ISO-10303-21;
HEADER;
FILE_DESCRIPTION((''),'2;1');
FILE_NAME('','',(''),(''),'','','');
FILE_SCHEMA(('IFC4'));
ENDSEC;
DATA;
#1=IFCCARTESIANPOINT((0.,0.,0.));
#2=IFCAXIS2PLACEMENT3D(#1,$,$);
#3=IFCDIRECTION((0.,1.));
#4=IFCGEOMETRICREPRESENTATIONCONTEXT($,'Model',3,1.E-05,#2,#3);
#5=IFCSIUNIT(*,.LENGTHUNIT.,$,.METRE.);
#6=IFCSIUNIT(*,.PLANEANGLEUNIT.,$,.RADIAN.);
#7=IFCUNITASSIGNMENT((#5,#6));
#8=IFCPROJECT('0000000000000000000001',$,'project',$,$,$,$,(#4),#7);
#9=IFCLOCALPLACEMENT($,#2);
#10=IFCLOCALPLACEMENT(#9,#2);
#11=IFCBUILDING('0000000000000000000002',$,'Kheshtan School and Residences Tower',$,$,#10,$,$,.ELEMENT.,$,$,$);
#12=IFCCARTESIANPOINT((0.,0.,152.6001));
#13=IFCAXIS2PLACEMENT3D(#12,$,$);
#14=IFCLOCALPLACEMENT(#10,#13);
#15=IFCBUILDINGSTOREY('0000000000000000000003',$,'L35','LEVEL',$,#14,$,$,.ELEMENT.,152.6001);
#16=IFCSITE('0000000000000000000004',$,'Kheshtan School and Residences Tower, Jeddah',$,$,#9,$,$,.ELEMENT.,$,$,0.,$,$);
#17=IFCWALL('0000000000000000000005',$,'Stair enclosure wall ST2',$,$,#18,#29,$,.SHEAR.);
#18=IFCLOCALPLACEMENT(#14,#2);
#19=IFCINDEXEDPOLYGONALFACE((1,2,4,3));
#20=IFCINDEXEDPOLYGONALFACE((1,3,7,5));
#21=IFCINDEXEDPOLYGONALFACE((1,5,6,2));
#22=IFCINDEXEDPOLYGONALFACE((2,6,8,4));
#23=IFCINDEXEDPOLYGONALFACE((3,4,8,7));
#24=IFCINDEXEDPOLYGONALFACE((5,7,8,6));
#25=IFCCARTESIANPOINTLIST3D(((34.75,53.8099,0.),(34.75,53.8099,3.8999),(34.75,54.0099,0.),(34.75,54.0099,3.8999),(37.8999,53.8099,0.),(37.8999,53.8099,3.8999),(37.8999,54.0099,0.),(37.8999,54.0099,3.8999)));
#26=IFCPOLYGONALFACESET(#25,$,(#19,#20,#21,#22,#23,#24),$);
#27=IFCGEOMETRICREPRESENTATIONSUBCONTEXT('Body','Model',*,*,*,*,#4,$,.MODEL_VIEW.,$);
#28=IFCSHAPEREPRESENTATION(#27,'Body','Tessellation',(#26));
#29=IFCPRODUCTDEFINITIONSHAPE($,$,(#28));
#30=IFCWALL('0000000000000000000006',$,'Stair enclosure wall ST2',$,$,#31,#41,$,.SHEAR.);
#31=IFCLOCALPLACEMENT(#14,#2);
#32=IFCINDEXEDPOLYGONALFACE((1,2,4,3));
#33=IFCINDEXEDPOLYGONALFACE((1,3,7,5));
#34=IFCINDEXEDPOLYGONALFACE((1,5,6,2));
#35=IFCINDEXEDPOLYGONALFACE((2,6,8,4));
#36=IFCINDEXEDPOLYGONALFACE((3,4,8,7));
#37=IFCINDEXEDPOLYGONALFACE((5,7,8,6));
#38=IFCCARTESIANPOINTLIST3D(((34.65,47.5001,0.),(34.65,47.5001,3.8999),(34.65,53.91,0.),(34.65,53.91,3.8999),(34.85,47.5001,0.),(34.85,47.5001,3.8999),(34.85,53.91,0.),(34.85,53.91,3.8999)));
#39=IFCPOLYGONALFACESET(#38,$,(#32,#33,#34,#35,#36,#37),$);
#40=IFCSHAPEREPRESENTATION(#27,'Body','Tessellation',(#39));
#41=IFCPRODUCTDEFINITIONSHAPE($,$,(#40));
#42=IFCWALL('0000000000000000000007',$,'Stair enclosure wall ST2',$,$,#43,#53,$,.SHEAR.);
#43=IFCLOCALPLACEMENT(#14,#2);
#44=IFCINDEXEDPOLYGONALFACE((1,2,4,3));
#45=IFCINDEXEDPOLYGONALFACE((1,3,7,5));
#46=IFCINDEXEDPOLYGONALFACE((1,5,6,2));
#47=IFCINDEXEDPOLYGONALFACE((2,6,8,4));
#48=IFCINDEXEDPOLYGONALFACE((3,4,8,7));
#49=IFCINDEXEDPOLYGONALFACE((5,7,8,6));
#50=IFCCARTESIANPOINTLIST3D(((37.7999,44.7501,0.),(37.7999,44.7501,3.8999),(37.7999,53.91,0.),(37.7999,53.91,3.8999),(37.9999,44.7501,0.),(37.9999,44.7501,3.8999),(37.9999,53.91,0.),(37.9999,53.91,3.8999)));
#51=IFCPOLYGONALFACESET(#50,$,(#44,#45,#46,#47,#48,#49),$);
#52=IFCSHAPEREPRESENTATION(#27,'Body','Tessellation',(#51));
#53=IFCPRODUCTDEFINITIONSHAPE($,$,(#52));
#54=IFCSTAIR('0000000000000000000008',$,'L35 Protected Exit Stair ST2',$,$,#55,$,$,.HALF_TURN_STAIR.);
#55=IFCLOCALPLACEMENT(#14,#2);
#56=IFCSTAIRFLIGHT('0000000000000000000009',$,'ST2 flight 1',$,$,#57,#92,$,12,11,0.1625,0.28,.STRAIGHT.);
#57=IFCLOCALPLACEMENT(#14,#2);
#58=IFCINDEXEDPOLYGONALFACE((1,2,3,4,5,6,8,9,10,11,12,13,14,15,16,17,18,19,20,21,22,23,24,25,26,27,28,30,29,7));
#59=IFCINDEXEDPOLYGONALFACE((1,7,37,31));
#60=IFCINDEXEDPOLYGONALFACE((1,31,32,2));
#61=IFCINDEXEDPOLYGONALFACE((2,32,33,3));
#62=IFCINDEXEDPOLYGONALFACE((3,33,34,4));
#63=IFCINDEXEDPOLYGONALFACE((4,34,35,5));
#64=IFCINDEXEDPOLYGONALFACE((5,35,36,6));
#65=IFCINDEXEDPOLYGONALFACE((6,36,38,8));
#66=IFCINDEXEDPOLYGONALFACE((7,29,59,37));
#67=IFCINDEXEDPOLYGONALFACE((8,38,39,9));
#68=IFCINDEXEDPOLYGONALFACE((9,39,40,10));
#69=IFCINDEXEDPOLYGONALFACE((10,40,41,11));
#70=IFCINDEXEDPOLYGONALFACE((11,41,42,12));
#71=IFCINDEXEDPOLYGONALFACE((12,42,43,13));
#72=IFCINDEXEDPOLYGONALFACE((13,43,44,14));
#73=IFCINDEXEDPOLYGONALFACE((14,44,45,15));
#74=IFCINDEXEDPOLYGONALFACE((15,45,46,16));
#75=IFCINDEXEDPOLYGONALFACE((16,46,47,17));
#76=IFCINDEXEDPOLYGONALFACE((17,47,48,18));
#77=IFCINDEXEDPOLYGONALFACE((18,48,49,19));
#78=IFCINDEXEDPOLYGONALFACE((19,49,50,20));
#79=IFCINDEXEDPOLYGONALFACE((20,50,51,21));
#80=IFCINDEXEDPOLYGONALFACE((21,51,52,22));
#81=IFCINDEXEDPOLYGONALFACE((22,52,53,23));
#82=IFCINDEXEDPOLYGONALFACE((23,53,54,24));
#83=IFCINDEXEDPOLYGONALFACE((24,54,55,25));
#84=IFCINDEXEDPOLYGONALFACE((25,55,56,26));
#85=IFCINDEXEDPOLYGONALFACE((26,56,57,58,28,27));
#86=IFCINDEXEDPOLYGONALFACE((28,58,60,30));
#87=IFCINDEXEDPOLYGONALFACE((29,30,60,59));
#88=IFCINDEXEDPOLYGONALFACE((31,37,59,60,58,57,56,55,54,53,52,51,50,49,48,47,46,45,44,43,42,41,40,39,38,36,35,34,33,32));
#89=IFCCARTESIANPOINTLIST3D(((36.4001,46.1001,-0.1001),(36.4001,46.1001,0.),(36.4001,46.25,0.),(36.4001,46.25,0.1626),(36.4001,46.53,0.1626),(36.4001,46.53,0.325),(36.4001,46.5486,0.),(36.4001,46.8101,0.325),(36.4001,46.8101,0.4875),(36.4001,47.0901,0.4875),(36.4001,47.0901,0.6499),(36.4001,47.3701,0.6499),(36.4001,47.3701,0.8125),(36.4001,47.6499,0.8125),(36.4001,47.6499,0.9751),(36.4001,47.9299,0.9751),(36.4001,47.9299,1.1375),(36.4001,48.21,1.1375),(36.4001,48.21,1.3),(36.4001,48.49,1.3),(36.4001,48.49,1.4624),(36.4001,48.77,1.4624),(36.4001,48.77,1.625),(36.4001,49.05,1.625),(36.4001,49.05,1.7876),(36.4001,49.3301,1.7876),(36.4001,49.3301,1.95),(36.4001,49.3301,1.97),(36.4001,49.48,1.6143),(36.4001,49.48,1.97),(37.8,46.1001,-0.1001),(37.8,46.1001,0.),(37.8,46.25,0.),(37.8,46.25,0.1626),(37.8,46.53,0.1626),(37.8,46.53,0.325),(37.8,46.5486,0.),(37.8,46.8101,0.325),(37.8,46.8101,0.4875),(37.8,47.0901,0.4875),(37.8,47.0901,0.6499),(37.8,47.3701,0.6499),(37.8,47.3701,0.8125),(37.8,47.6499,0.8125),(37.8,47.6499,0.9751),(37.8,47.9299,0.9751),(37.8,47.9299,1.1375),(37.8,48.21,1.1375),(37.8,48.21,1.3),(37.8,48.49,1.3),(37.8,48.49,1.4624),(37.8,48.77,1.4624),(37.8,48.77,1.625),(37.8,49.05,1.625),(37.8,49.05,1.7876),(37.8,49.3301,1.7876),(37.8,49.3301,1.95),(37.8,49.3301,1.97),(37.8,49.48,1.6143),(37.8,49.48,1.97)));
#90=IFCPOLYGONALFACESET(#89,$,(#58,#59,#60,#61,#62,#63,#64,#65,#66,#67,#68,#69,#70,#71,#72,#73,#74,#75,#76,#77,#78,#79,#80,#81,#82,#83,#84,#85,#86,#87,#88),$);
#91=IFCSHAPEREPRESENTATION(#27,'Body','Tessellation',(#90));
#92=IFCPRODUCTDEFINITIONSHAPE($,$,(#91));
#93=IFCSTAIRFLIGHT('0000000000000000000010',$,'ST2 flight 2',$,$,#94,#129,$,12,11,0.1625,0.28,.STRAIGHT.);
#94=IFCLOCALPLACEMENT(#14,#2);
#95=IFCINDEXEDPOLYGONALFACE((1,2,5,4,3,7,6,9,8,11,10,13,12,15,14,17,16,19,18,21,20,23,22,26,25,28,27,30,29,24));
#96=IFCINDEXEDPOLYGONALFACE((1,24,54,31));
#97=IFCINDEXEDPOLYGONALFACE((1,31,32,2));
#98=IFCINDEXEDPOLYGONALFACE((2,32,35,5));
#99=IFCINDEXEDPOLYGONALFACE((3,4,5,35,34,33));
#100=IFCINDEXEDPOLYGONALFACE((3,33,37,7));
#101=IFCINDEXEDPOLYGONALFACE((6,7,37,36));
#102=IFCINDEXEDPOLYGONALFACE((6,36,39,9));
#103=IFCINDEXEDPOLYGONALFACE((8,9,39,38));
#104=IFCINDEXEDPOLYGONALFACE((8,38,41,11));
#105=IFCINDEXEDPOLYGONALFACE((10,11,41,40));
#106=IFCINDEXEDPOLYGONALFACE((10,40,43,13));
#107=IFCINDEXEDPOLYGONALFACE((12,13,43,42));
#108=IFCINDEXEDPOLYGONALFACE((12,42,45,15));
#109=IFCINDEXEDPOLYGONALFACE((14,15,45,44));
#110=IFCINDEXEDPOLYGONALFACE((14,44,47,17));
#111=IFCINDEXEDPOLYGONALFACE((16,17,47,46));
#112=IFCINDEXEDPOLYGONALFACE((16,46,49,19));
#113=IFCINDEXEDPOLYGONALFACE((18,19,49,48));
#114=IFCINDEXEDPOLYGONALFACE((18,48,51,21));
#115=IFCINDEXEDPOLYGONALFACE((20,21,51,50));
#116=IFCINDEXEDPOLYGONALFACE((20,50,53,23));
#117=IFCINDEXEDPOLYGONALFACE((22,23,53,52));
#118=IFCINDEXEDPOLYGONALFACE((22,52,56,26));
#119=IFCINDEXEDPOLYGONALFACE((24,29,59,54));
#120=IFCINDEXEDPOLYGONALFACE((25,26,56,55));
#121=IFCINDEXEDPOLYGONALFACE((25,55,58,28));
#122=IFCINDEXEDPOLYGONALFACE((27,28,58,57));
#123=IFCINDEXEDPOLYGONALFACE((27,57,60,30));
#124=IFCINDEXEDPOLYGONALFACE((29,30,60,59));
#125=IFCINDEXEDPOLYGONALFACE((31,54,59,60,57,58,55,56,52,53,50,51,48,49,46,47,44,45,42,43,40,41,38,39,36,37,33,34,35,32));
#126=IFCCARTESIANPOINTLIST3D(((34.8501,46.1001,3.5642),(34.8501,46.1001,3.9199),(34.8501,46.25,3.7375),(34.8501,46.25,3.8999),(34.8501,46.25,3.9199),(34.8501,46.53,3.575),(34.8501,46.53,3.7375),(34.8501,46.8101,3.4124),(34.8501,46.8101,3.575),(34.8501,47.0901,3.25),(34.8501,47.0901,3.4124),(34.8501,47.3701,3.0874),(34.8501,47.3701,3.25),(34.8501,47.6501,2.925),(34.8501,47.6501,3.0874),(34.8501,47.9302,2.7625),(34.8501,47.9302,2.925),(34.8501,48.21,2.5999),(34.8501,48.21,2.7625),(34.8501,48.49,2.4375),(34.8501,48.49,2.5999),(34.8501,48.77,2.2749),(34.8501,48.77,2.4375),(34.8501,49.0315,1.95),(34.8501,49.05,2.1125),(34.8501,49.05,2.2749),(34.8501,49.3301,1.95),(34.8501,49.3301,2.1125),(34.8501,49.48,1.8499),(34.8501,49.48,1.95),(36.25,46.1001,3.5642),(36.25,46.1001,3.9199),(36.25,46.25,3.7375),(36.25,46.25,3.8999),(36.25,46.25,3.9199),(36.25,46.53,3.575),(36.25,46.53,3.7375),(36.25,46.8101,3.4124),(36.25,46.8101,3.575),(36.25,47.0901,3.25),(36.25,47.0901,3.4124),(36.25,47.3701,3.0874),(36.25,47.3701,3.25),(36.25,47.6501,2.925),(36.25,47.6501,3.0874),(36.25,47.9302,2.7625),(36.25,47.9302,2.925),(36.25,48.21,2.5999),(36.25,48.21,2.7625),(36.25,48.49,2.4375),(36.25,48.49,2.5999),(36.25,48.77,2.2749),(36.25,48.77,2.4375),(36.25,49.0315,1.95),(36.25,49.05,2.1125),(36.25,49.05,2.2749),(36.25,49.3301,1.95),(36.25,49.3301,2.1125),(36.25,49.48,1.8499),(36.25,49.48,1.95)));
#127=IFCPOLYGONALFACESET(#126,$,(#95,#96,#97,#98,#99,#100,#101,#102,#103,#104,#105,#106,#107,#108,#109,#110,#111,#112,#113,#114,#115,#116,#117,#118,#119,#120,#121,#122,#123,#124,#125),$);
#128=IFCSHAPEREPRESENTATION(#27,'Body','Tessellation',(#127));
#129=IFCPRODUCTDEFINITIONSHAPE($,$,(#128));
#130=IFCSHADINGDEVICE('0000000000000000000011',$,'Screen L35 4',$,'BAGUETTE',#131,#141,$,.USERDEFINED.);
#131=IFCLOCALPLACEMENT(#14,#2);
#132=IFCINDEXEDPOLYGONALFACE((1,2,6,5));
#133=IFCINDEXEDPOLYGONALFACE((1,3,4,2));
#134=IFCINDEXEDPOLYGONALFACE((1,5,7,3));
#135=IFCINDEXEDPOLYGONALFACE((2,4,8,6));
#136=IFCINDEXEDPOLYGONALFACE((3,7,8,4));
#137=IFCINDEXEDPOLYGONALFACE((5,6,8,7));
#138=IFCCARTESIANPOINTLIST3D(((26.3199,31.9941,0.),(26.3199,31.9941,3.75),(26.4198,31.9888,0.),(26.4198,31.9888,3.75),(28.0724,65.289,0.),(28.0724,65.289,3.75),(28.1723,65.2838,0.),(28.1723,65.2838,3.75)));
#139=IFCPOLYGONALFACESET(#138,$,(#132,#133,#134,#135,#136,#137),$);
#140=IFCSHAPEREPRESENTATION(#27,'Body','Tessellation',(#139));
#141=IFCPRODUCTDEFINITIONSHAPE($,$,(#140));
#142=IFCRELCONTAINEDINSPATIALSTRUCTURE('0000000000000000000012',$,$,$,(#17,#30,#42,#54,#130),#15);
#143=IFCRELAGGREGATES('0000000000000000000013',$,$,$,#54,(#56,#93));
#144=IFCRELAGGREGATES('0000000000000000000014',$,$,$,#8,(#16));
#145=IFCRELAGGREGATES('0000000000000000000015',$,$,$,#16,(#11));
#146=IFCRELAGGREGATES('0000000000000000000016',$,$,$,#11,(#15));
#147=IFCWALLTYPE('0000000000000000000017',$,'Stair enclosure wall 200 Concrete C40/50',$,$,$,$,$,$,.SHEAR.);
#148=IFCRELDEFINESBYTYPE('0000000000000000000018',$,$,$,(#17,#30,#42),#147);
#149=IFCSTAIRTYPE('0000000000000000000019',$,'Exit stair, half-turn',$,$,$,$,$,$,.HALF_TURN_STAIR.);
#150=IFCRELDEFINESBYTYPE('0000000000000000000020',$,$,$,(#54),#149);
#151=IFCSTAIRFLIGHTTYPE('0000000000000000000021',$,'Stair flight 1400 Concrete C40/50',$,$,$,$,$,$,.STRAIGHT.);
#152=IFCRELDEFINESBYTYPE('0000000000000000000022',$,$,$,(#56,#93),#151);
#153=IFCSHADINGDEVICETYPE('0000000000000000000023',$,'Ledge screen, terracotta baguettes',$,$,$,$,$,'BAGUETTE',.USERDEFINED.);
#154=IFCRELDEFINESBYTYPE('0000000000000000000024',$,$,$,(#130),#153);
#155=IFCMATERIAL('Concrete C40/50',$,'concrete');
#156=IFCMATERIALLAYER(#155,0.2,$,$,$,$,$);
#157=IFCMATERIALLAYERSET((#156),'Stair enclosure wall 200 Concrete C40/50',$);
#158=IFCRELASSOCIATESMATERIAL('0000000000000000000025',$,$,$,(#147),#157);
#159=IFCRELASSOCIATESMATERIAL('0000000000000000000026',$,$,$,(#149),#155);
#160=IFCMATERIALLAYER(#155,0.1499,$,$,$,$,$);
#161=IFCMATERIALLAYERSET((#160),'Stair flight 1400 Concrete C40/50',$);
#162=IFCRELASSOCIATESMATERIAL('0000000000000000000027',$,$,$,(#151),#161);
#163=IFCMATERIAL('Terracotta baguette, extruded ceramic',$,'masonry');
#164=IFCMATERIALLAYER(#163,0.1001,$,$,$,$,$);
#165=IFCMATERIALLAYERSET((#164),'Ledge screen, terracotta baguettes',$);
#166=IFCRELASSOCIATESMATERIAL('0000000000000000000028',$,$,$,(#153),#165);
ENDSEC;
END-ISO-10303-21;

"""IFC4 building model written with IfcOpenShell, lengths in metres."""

from ifc_helpers import new_model, si_unit, direction, frame, frame_2d, origin, origin_2d, place, context, subcontext, project, spatial, polyline, rectangle, outline, extrude, material, layer, layer_set, type_object, element, aggregate, save


model = new_model("IFC4")

# Units and contexts
model_context = context("Model", 3, precision=1e-05, world=origin(), true_north=direction((0.0, 1.0)))
body_context = subcontext(model_context, "Body", "Model", "MODEL_VIEW")
ifc_project = project(units=[si_unit("LENGTHUNIT", "METRE"), si_unit("PLANEANGLEUNIT", "RADIAN")], contexts=[model_context])

# Site, building, storey
site_placement = place(None, origin())
site = spatial("IfcSite", under=ifc_project, at=site_placement, Name="Kheshtan School and Residences Tower, Jeddah", CompositionType="ELEMENT", RefElevation=0.0)
building_placement = place(site_placement, origin())
building = spatial("IfcBuilding", under=site, at=building_placement, Name="Kheshtan School and Residences Tower", CompositionType="ELEMENT")
storey_placement = place(building_placement, frame((0.0, 0.0, 152.6001)))
storey = spatial("IfcBuildingStorey", under=building, at=storey_placement, Name="L35", Description="LEVEL", CompositionType="ELEMENT", Elevation=152.6001)

# Walls
ifc_material_1 = material(Name="Concrete C40/50", Category="concrete")
ifc_layer_1 = layer(ifc_material_1, 0.2)
ifc_layer_set_1 = layer_set([ifc_layer_1], Name="Stair enclosure wall 200 Concrete C40/50")
wall_type_1 = type_object("IfcWallType", Name="Stair enclosure wall 200 Concrete C40/50", PredefinedType="SHEAR", material=ifc_layer_set_1)
for number, where, z_axis, x_axis, name in (
    (1, (34.75, 53.9099, 0.0), (0.0, 0.0, 1.0), (1.0, 0.0, 0.0), "Stair enclosure wall ST2"),
):
    element("IfcWall", number, at=place(storey_placement, frame(where, z_axis=z_axis, x_axis=x_axis)), inside=storey, type_object=wall_type_1, Name=name, PredefinedType="SHEAR", context=body_context, shape_type="SweptSolid", body=[
        extrude(rectangle(XDim=3.1499, YDim=0.2, at=frame_2d((1.575, 0.0))), origin(), (0.0, 0.0, 1.0), 3.8999),
    ])
wall_1_placement = place(storey_placement, frame((34.75, 47.5, 0.0), z_axis=(0.0, 0.0, 1.0), x_axis=(0.0, 1.0, 0.0)))
element("IfcWall", 2, at=wall_1_placement, inside=storey, type_object=wall_type_1, Name="Stair enclosure wall ST2", PredefinedType="SHEAR", context=body_context, shape_type="SweptSolid", body=[
    extrude(rectangle(XDim=6.4099, YDim=0.2, at=frame_2d((3.2051, 0.0))), origin(), (0.0, 0.0, 1.0), 3.8999),
])
wall_2_placement = place(storey_placement, frame((37.8999, 44.75, 0.0), z_axis=(0.0, 0.0, 1.0), x_axis=(0.0, 1.0, 0.0)))
element("IfcWall", 3, at=wall_2_placement, inside=storey, type_object=wall_type_1, Name="Stair enclosure wall ST2", PredefinedType="SHEAR", context=body_context, shape_type="SweptSolid", body=[
    extrude(rectangle(XDim=9.1599, YDim=0.2, at=frame_2d((4.5801, 0.0))), origin(), (0.0, 0.0, 1.0), 3.8999),
])

# Stair, stair flights
stair_type = type_object("IfcStairType", Name="Exit stair, half-turn", PredefinedType="HALF_TURN_STAIR", material=ifc_material_1)
stair_placement = place(storey_placement, origin())
stair = element("IfcStair", 4, at=stair_placement, inside=storey, type_object=stair_type, Name="L35 Protected Exit Stair ST2", PredefinedType="HALF_TURN_STAIR")
ifc_layer_2 = layer(ifc_material_1, 0.1499)
ifc_layer_set_2 = layer_set([ifc_layer_2], Name="Stair flight 1400 Concrete C40/50")
stair_flight_type = type_object("IfcStairFlightType", Name="Stair flight 1400 Concrete C40/50", PredefinedType="STRAIGHT", material=ifc_layer_set_2)
stair_flight_1_placement = place(storey_placement, frame((37.1001, 46.25, 0.0), z_axis=(0.0, 0.0, 1.0), x_axis=(0.0, 1.0, 0.0)))
stair_flight_1 = element("IfcStairFlight", 5, at=stair_flight_1_placement, type_object=stair_flight_type, Name="ST2 flight 1", NumberOfRisers=12, NumberOfTreads=11, PredefinedType="STRAIGHT", RiserHeight=0.1625, TreadLength=0.28, context=body_context, shape_type="SweptSolid", body=[
    extrude(outline(polyline([(-0.1499, -0.1001), (-0.1499, 0.0), (0.0, 0.0), (0.0, 0.1626), (0.28, 0.1626), (0.28, 0.325), (0.5601, 0.325), (0.5601, 0.4875), (0.8401, 0.4875), (0.8401, 0.6499), (1.1201, 0.6499), (1.1201, 0.8125), (1.3999, 0.8125), (1.3999, 0.9751), (1.6799, 0.9751), (1.6799, 1.1375), (1.96, 1.1375), (1.96, 1.3), (2.24, 1.3), (2.24, 1.4624), (2.52, 1.4624), (2.52, 1.625), (2.8, 1.625), (2.8, 1.7876), (3.0801, 1.7876), (3.0801, 1.95), (3.0801, 1.97), (3.23, 1.97), (3.23, 1.6143), (0.2986, 0.0), (-0.1499, -0.1001)])), frame((0.0, 0.7, 0.0), z_axis=(0.0, -1.0, 0.0), x_axis=(1.0, 0.0, 0.0)), (0.0, 0.0, 1.0), 1.3999),
])
stair_flight_2_placement = place(storey_placement, frame((35.55, 49.3301, 1.95), z_axis=(0.0, 0.0, 1.0), x_axis=(0.0, -1.0, 0.0)))
stair_flight_2 = element("IfcStairFlight", 6, at=stair_flight_2_placement, type_object=stair_flight_type, Name="ST2 flight 2", NumberOfRisers=12, NumberOfTreads=11, PredefinedType="STRAIGHT", RiserHeight=0.1625, TreadLength=0.28, context=body_context, shape_type="SweptSolid", body=[
    extrude(outline(polyline([(-0.1499, -0.1001), (-0.1499, 0.0), (0.0, 0.0), (0.0, 0.1626), (0.28, 0.1626), (0.28, 0.325), (0.5601, 0.325), (0.5601, 0.4875), (0.8401, 0.4875), (0.8401, 0.6499), (1.1201, 0.6499), (1.1201, 0.8125), (1.3999, 0.8125), (1.3999, 0.9751), (1.6799, 0.9751), (1.6799, 1.1375), (1.96, 1.1375), (1.96, 1.3), (2.24, 1.3), (2.24, 1.4624), (2.52, 1.4624), (2.52, 1.625), (2.8, 1.625), (2.8, 1.7876), (3.0801, 1.7876), (3.0801, 1.95), (3.0801, 1.97), (3.23, 1.97), (3.23, 1.6143), (0.2986, 0.0), (-0.1499, -0.1001)])), frame((0.0, 0.7, 0.0), z_axis=(0.0, -1.0, 0.0), x_axis=(1.0, 0.0, 0.0)), (0.0, 0.0, 1.0), 1.3999),
])
aggregate(stair, [stair_flight_1, stair_flight_2])

# Shading device
ifc_material_2 = material(Name="Terracotta baguette, extruded ceramic", Category="masonry")
ifc_layer_3 = layer(ifc_material_2, 0.1001)
ifc_layer_set_3 = layer_set([ifc_layer_3], Name="Ledge screen, terracotta baguettes")
shading_device_type = type_object("IfcShadingDeviceType", Name="Ledge screen, terracotta baguettes", ElementType="BAGUETTE", PredefinedType="USERDEFINED", material=ifc_layer_set_3)
shading_device_placement = place(storey_placement, frame((27.2461, 48.6389, 0.0), z_axis=(0.0, 0.0, 1.0), x_axis=(0.052563, 0.998618, 0.0)))
element("IfcShadingDevice", 7, at=shading_device_placement, inside=storey, type_object=shading_device_type, Name="Screen L35 4", ObjectType="BAGUETTE", PredefinedType="USERDEFINED", context=body_context, shape_type="SweptSolid", body=[
    extrude(rectangle(XDim=33.3411, YDim=0.1001, at=origin_2d()), origin(), (0.0, 0.0, 1.0), 3.75),
])

save(model, "model.ifc")
